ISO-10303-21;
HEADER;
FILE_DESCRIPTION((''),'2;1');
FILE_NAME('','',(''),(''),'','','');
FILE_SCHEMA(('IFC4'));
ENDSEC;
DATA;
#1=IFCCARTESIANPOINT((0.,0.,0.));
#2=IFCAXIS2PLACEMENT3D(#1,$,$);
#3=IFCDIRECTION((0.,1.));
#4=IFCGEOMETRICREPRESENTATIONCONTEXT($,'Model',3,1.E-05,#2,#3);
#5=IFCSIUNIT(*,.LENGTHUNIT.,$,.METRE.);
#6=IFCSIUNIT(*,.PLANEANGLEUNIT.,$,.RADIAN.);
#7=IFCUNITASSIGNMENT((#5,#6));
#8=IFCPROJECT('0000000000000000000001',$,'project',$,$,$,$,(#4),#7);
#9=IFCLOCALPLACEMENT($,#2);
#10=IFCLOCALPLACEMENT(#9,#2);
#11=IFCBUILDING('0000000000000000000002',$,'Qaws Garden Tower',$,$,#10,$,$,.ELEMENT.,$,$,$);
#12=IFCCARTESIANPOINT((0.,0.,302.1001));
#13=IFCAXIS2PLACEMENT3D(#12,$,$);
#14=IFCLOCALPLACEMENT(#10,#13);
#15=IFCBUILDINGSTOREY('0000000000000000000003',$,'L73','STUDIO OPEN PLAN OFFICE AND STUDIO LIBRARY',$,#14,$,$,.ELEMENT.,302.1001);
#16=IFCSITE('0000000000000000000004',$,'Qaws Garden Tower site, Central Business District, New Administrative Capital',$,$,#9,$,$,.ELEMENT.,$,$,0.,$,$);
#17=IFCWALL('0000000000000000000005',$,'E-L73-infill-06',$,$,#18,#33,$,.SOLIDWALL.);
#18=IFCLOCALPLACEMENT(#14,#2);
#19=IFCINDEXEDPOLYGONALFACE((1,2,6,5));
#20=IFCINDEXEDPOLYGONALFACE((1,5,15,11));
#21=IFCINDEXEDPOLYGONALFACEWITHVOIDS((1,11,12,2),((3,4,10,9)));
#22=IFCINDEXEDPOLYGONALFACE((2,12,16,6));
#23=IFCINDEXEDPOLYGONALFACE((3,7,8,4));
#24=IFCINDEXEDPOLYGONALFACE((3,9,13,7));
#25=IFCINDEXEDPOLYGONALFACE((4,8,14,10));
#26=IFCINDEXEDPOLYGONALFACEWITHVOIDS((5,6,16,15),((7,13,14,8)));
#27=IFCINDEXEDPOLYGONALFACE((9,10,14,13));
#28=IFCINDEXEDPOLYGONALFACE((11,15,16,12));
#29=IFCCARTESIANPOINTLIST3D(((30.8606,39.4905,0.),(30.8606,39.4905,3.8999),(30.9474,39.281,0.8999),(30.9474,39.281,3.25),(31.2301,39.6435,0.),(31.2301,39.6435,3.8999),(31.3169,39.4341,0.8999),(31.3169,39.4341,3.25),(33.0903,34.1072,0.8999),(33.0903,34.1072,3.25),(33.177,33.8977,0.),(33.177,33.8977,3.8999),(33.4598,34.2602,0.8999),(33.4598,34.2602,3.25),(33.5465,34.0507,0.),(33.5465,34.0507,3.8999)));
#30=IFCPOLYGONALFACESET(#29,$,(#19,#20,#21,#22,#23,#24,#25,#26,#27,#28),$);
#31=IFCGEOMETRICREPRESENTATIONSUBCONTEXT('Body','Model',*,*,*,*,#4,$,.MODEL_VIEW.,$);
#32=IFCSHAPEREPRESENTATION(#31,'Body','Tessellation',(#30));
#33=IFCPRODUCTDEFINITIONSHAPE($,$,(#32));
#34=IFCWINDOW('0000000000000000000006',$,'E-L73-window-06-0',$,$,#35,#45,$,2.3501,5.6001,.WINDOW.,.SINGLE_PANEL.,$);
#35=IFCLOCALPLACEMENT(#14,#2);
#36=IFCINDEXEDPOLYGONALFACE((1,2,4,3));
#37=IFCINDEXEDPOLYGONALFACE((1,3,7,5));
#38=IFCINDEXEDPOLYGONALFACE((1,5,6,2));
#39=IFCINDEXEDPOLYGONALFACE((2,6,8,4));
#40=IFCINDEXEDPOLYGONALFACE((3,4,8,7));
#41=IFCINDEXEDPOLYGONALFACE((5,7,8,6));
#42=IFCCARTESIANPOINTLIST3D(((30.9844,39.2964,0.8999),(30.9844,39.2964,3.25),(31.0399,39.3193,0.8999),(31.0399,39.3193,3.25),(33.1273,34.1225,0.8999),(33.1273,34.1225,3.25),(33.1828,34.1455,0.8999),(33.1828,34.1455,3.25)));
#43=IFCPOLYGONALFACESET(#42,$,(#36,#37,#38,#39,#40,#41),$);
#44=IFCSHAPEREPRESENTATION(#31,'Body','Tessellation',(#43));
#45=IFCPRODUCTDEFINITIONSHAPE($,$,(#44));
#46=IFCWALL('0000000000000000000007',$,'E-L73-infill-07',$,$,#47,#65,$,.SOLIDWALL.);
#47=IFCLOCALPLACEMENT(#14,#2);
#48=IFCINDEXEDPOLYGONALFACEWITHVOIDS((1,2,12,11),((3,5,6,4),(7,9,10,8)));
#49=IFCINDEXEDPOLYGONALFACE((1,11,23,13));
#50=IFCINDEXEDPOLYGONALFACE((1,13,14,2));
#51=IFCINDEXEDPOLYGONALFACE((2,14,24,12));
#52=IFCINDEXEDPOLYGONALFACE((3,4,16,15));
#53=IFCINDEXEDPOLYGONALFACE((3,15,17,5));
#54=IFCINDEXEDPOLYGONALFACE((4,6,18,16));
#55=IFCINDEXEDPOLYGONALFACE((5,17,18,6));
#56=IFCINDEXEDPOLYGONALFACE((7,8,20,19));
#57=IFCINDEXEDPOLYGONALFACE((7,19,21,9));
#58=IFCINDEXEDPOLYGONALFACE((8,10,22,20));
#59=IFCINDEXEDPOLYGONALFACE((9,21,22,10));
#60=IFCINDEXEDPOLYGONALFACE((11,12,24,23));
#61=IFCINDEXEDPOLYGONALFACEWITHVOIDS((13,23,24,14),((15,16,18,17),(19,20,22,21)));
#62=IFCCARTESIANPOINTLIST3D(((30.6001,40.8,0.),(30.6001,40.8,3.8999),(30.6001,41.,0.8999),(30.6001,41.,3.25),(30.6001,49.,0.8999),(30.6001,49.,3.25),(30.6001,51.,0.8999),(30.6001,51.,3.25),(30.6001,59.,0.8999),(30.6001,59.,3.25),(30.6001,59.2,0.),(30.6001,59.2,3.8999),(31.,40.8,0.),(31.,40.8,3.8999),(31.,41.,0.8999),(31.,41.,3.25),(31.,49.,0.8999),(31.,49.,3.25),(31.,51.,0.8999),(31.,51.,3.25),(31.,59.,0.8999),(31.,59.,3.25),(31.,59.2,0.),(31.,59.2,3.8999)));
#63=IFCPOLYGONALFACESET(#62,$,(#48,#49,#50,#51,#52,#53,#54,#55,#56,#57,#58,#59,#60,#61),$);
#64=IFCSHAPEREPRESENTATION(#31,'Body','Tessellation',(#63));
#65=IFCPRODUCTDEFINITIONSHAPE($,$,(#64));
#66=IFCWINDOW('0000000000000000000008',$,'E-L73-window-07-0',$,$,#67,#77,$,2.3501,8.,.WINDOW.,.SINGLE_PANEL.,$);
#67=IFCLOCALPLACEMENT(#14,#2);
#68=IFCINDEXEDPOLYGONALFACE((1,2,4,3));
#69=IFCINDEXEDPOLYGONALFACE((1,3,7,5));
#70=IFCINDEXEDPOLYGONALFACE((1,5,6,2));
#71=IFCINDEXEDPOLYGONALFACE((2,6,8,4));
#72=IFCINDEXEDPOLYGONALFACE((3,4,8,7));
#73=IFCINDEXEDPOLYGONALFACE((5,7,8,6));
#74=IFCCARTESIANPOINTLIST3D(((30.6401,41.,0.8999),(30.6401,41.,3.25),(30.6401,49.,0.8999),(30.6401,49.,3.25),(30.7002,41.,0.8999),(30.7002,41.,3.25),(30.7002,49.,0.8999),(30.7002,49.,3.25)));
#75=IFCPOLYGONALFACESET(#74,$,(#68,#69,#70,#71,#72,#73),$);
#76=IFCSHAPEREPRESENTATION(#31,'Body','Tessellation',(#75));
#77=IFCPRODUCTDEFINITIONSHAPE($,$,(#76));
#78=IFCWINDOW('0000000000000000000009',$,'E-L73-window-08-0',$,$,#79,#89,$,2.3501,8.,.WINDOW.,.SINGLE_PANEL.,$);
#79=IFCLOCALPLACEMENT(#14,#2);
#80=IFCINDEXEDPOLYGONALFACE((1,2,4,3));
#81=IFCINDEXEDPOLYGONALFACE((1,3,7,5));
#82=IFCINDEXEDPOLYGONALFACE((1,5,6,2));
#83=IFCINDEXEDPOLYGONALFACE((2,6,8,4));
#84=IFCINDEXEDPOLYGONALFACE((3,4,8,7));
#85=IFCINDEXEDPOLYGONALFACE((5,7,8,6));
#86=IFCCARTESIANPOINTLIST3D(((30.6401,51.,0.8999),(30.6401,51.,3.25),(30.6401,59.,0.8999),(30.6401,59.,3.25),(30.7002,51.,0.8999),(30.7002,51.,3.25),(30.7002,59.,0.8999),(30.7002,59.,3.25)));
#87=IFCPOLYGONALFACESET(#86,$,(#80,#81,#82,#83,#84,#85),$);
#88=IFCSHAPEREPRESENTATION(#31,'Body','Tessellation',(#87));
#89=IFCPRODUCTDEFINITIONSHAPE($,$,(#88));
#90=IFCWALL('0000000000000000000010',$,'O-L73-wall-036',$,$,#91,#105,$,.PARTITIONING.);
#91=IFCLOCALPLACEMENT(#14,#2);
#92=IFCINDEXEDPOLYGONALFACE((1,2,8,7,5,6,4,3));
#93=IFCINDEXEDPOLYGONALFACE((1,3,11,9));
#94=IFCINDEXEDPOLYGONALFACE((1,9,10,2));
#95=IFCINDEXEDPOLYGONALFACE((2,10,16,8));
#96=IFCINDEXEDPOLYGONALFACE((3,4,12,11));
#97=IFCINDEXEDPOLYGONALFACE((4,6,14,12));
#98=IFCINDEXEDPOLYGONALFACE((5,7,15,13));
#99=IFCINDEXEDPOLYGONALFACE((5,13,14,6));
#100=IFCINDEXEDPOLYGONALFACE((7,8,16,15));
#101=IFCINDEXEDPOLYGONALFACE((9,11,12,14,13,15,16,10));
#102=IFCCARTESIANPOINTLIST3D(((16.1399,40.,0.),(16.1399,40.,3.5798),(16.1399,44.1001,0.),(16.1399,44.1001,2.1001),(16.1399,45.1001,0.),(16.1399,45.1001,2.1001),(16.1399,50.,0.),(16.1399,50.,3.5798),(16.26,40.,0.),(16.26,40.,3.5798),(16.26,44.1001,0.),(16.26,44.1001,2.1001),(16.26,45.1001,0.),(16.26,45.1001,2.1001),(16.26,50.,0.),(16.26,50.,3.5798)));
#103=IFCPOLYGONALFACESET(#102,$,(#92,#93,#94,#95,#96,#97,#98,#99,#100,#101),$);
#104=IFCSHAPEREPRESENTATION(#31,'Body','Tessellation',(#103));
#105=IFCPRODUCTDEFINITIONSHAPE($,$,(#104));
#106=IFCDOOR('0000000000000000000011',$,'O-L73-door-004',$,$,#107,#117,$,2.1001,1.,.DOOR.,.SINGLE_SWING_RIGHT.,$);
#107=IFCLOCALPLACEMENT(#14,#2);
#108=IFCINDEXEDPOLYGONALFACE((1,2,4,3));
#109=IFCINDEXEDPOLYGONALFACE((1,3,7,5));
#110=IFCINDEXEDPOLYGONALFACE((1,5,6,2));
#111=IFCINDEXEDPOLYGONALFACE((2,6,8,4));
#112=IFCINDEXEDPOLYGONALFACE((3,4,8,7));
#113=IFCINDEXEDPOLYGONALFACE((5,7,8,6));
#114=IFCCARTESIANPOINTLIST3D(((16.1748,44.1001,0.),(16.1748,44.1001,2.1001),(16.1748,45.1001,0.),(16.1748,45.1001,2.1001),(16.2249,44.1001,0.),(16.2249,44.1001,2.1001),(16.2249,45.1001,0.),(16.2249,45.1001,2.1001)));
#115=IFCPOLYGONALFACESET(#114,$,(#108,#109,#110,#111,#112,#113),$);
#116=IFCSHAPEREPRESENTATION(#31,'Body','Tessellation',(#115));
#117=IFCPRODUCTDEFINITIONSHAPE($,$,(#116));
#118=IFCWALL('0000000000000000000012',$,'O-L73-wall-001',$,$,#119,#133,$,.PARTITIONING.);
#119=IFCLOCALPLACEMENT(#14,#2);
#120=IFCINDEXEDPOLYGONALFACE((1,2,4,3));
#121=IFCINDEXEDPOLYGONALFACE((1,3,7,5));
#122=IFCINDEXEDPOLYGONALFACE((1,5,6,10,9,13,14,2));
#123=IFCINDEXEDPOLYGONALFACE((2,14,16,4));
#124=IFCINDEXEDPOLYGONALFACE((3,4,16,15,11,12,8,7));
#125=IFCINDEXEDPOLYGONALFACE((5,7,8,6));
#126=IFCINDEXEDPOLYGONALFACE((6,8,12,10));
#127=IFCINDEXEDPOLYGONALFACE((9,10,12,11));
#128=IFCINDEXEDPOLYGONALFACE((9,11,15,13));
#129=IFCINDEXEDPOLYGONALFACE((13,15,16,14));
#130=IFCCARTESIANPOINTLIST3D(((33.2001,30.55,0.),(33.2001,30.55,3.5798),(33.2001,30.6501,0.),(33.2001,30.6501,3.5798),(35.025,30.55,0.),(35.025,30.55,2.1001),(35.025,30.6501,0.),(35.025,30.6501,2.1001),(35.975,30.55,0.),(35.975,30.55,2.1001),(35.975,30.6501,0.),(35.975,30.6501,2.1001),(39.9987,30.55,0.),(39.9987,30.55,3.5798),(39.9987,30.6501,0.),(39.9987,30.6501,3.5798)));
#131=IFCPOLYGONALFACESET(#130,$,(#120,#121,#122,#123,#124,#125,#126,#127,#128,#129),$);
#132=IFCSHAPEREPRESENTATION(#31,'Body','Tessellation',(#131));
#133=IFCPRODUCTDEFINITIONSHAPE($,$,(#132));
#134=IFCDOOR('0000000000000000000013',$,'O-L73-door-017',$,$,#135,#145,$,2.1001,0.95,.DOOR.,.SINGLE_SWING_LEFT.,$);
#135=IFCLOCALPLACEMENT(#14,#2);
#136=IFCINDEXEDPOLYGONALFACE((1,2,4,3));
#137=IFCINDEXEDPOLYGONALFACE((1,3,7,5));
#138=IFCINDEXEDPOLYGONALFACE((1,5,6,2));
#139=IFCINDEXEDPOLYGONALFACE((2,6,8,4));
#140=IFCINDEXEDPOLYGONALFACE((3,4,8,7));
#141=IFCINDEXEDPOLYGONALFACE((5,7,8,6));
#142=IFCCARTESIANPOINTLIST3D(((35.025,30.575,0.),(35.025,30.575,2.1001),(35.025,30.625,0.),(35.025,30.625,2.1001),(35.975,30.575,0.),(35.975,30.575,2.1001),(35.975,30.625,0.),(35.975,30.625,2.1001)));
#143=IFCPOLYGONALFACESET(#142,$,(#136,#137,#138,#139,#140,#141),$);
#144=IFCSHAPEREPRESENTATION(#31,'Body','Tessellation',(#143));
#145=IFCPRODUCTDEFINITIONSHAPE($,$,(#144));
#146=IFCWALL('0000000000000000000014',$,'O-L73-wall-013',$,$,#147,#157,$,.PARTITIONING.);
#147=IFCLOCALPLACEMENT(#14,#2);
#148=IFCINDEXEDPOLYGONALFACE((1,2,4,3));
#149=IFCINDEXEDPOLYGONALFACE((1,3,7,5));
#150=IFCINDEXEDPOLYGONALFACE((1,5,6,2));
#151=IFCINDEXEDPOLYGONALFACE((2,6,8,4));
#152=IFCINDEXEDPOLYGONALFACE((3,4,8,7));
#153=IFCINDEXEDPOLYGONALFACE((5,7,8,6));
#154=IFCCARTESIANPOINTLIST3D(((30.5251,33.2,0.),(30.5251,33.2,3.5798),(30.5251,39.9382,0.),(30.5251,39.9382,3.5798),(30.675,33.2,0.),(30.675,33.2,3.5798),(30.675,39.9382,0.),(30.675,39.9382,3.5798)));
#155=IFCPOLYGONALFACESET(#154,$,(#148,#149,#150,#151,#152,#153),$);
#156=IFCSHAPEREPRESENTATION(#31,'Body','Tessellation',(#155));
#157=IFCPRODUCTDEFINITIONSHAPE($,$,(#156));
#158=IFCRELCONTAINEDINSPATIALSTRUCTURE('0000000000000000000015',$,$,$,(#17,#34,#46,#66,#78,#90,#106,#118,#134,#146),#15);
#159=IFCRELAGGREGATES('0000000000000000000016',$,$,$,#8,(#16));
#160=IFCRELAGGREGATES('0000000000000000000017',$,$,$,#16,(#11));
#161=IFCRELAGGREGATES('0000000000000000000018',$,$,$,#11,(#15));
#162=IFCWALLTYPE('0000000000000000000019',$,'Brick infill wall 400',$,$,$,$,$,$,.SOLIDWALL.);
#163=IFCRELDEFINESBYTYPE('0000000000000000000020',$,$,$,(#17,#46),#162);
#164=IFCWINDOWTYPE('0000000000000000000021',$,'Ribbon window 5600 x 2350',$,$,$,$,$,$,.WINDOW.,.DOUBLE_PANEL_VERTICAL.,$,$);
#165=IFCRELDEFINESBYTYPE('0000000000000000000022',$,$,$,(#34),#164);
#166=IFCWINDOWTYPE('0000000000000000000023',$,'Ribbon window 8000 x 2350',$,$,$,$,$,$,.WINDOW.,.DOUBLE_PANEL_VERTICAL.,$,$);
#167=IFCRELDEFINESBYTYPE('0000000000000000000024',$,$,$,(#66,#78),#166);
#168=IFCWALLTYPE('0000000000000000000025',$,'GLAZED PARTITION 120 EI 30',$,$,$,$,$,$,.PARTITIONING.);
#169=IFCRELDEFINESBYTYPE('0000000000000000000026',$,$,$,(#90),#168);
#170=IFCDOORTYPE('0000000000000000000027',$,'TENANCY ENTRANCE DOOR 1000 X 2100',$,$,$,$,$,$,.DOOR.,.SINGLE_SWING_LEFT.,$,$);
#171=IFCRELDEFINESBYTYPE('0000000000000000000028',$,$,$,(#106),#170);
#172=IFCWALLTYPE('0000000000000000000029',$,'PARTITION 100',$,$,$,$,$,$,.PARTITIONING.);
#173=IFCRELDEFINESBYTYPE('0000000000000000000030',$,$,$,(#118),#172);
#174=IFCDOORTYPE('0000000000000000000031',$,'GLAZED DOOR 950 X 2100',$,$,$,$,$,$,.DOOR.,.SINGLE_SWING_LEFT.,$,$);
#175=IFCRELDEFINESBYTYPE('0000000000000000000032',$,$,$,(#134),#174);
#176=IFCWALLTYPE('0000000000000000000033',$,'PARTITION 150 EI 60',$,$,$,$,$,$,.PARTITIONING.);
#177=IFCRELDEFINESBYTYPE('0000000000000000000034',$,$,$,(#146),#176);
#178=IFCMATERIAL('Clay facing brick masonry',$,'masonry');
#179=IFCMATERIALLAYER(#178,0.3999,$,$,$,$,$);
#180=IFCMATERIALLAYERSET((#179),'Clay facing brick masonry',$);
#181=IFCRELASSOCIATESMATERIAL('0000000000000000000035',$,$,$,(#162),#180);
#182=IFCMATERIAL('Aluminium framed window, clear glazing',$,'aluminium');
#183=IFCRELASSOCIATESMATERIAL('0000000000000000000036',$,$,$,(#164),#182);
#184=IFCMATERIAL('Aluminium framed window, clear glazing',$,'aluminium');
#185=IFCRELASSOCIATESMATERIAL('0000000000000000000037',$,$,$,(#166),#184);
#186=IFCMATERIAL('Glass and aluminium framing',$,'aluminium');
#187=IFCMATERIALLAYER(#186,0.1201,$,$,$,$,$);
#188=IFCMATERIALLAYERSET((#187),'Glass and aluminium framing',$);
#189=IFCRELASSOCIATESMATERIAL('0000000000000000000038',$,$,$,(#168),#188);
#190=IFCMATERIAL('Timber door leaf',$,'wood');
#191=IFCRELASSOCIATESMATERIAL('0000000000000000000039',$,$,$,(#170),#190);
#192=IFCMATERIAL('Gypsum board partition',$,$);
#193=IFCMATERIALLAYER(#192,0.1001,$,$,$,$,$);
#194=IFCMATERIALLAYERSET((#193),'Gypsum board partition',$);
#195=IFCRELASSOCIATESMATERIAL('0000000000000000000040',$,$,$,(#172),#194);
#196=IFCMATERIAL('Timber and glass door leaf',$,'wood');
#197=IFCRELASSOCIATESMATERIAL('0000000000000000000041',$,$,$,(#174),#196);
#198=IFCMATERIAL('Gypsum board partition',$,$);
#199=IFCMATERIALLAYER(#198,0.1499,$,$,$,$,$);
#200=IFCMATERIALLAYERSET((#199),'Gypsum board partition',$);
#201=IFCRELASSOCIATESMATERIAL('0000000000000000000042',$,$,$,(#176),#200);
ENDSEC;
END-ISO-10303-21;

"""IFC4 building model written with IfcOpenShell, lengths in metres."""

from ifc_helpers import new_model, si_unit, direction, frame, frame_2d, origin, place, context, subcontext, project, spatial, rectangle, extrude, material, layer, layer_set, type_object, element, fill, save


model = new_model("IFC4")

# Units and contexts
model_context = context("Model", 3, precision=1e-05, world=origin(), true_north=direction((0.0, 1.0)))
body_context = subcontext(model_context, "Body", "Model", "MODEL_VIEW")
ifc_project = project(units=[si_unit("LENGTHUNIT", "METRE"), si_unit("PLANEANGLEUNIT", "RADIAN")], contexts=[model_context])

# Site, building, storey
site_placement = place(None, origin())
site = spatial("IfcSite", under=ifc_project, at=site_placement, Name="Qaws Garden Tower site, Central Business District, New Administrative Capital", CompositionType="ELEMENT", RefElevation=0.0)
building_placement = place(site_placement, origin())
building = spatial("IfcBuilding", under=site, at=building_placement, Name="Qaws Garden Tower", CompositionType="ELEMENT")
storey_placement = place(building_placement, frame((0.0, 0.0, 302.1001)))
storey = spatial("IfcBuildingStorey", under=building, at=storey_placement, Name="L73", Description="STUDIO OPEN PLAN OFFICE AND STUDIO LIBRARY", CompositionType="ELEMENT", Elevation=302.1001)

# Wall, opening, window
ifc_material_1 = material(Name="Clay facing brick masonry", Category="masonry")
ifc_layer_1 = layer(ifc_material_1, 0.3999)
ifc_layer_set_1 = layer_set([ifc_layer_1], Name="Clay facing brick masonry")
wall_type_1 = type_object("IfcWallType", Name="Brick infill wall 400", PredefinedType="SOLIDWALL", material=ifc_layer_set_1)
ifc_material_2 = material(Name="Aluminium framed window, clear glazing", Category="aluminium")
window_type_1 = type_object("IfcWindowType", Name="Ribbon window 5600 x 2350", PartitioningType="DOUBLE_PANEL_VERTICAL", PredefinedType="WINDOW", material=ifc_material_2)
wall_1_placement = place(storey_placement, frame((33.3618, 33.9741, 0.0), z_axis=(0.0, 0.0, 1.0), x_axis=(-0.382656, 0.923891, 0.0)))
wall_1 = element("IfcWall", 1, at=wall_1_placement, inside=storey, type_object=wall_type_1, Name="E-L73-infill-06", PredefinedType="SOLIDWALL", context=body_context, shape_type="SweptSolid", body=[
    extrude(rectangle(XDim=6.0535, YDim=0.3999, at=frame_2d((3.0269, 0.0))), origin(), (0.0, 0.0, 1.0), 3.8999),
])
opening_1_placement = place(wall_1_placement, frame((0.2268, 0.0, 0.8999)))
opening_1 = element("IfcOpeningElement", 2, at=opening_1_placement, cuts=wall_1, PredefinedType="OPENING", context=body_context, shape_type="SweptSolid", body=[
    extrude(rectangle(XDim=5.6001, YDim=2.3501, at=frame_2d((2.8, 1.175))), frame((0.0, 0.21, 0.0), z_axis=(0.0, -1.0, 0.0), x_axis=(1.0, 0.0, 0.0)), (0.0, 0.0, 1.0), 0.4199),
])
window_1_placement = place(opening_1_placement, origin())
window_1 = element("IfcWindow", 3, at=window_1_placement, inside=storey, type_object=window_type_1, Name="E-L73-window-06-0", OverallHeight=2.3501, OverallWidth=5.6001, PartitioningType="SINGLE_PANEL", PredefinedType="WINDOW", context=body_context, shape_type="SweptSolid", body=[
    extrude(rectangle(XDim=5.6001, YDim=2.3501, at=frame_2d((2.8, 1.175))), frame((0.0, 0.1599, 0.0), z_axis=(0.0, -1.0, 0.0), x_axis=(1.0, 0.0, 0.0)), (0.0, 0.0, 1.0), 0.0601),
])
fill(opening_1, window_1)

# Wall, openings, windows
wall_2_placement = place(storey_placement, frame((30.8, 40.8, 0.0), z_axis=(0.0, 0.0, 1.0), x_axis=(0.0, 1.0, 0.0)))
wall_2 = element("IfcWall", 4, at=wall_2_placement, inside=storey, type_object=wall_type_1, Name="E-L73-infill-07", PredefinedType="SOLIDWALL", context=body_context, shape_type="SweptSolid", body=[
    extrude(rectangle(XDim=18.3999, YDim=0.3999, at=frame_2d((9.2, 0.0))), origin(), (0.0, 0.0, 1.0), 3.8999),
])
opening_2_placement = place(wall_2_placement, frame((0.2, 0.0, 0.8999)))
opening_2 = element("IfcOpeningElement", 5, at=opening_2_placement, cuts=wall_2, PredefinedType="OPENING", context=body_context, shape_type="SweptSolid", body=[
    extrude(rectangle(XDim=8.0, YDim=2.3501, at=frame_2d((4.0, 1.175))), frame((0.0, 0.21, 0.0), z_axis=(0.0, -1.0, 0.0), x_axis=(1.0, 0.0, 0.0)), (0.0, 0.0, 1.0), 0.4199),
])
opening_3_placement = place(wall_2_placement, frame((10.2, 0.0, 0.8999)))
opening_3 = element("IfcOpeningElement", 6, at=opening_3_placement, cuts=wall_2, PredefinedType="OPENING", context=body_context, shape_type="SweptSolid", body=[
    extrude(rectangle(XDim=8.0, YDim=2.3501, at=frame_2d((4.0, 1.175))), frame((0.0, 0.21, 0.0), z_axis=(0.0, -1.0, 0.0), x_axis=(1.0, 0.0, 0.0)), (0.0, 0.0, 1.0), 0.4199),
])
ifc_material_3 = material(Name="Aluminium framed window, clear glazing", Category="aluminium")
window_type_2 = type_object("IfcWindowType", Name="Ribbon window 8000 x 2350", PartitioningType="DOUBLE_PANEL_VERTICAL", PredefinedType="WINDOW", material=ifc_material_3)
window_2_placement = place(opening_2_placement, origin())
window_2 = element("IfcWindow", 7, at=window_2_placement, inside=storey, type_object=window_type_2, Name="E-L73-window-07-0", OverallHeight=2.3501, OverallWidth=8.0, PartitioningType="SINGLE_PANEL", PredefinedType="WINDOW", context=body_context, shape_type="SweptSolid", body=[
    extrude(rectangle(XDim=8.0, YDim=2.3501, at=frame_2d((4.0, 1.175))), frame((0.0, 0.1599, 0.0), z_axis=(0.0, -1.0, 0.0), x_axis=(1.0, 0.0, 0.0)), (0.0, 0.0, 1.0), 0.0601),
])
fill(opening_2, window_2)
window_3_placement = place(opening_3_placement, origin())
window_3 = element("IfcWindow", 8, at=window_3_placement, inside=storey, type_object=window_type_2, Name="E-L73-window-08-0", OverallHeight=2.3501, OverallWidth=8.0, PartitioningType="SINGLE_PANEL", PredefinedType="WINDOW", context=body_context, shape_type="SweptSolid", body=[
    extrude(rectangle(XDim=8.0, YDim=2.3501, at=frame_2d((4.0, 1.175))), frame((0.0, 0.1599, 0.0), z_axis=(0.0, -1.0, 0.0), x_axis=(1.0, 0.0, 0.0)), (0.0, 0.0, 1.0), 0.0601),
])
fill(opening_3, window_3)

# Walls, openings, doors
ifc_material_4 = material(Name="Glass and aluminium framing", Category="aluminium")
ifc_layer_2 = layer(ifc_material_4, 0.1201)
ifc_layer_set_2 = layer_set([ifc_layer_2], Name="Glass and aluminium framing")
wall_type_2 = type_object("IfcWallType", Name="GLAZED PARTITION 120 EI 30", PredefinedType="PARTITIONING", material=ifc_layer_set_2)
wall_3_placement = place(storey_placement, frame((16.2, 40.0, 0.0), z_axis=(0.0, 0.0, 1.0), x_axis=(0.0, 1.0, 0.0)))
wall_3 = element("IfcWall", 9, at=wall_3_placement, inside=storey, type_object=wall_type_2, Name="O-L73-wall-036", PredefinedType="PARTITIONING", context=body_context, shape_type="SweptSolid", body=[
    extrude(rectangle(XDim=10.0, YDim=0.1201, at=frame_2d((5.0, 0.0))), origin(), (0.0, 0.0, 1.0), 3.5798),
])
opening_4_placement = place(wall_3_placement, frame((4.1001, 0.0, 0.0)))
opening_4 = element("IfcOpeningElement", 10, at=opening_4_placement, cuts=wall_3, PredefinedType="OPENING", context=body_context, shape_type="SweptSolid", body=[
    extrude(rectangle(XDim=1.0, YDim=2.1001, at=frame_2d((0.5, 1.05))), frame((0.0, 0.0701, 0.0), z_axis=(0.0, -1.0, 0.0), x_axis=(1.0, 0.0, 0.0)), (0.0, 0.0, 1.0), 0.1401),
])
ifc_material_5 = material(Name="Timber door leaf", Category="wood")
door_type_1 = type_object("IfcDoorType", Name="TENANCY ENTRANCE DOOR 1000 X 2100", OperationType="SINGLE_SWING_LEFT", PredefinedType="DOOR", material=ifc_material_5)
door_1_placement = place(opening_4_placement, frame((1.0, 0.0, 0.0), z_axis=(0.0, 0.0, 1.0), x_axis=(-1.0, 0.0, 0.0)))
door_1 = element("IfcDoor", 11, at=door_1_placement, inside=storey, type_object=door_type_1, Name="O-L73-door-004", OperationType="SINGLE_SWING_RIGHT", OverallHeight=2.1001, OverallWidth=1.0, PredefinedType="DOOR", context=body_context, shape_type="SweptSolid", body=[
    extrude(rectangle(XDim=1.0, YDim=2.1001, at=frame_2d((0.5, 1.05))), frame((0.0, 0.0249, 0.0), z_axis=(0.0, -1.0, 0.0), x_axis=(1.0, 0.0, 0.0)), (0.0, 0.0, 1.0), 0.05),
])
fill(opening_4, door_1)
ifc_material_6 = material(Name="Gypsum board partition")
ifc_layer_3 = layer(ifc_material_6, 0.1001)
ifc_layer_set_3 = layer_set([ifc_layer_3], Name="Gypsum board partition")
wall_type_3 = type_object("IfcWallType", Name="PARTITION 100", PredefinedType="PARTITIONING", material=ifc_layer_set_3)
wall_4_placement = place(storey_placement, frame((33.2, 30.6001, 0.0), z_axis=(0.0, 0.0, 1.0), x_axis=(1.0, 0.0, 0.0)))
wall_4 = element("IfcWall", 12, at=wall_4_placement, inside=storey, type_object=wall_type_3, Name="O-L73-wall-001", PredefinedType="PARTITIONING", context=body_context, shape_type="SweptSolid", body=[
    extrude(rectangle(XDim=6.7986, YDim=0.1001, at=frame_2d((3.3994, 0.0))), origin(), (0.0, 0.0, 1.0), 3.5798),
])
opening_5_placement = place(wall_4_placement, frame((1.825, 0.0, 0.0)))
opening_5 = element("IfcOpeningElement", 13, at=opening_5_placement, cuts=wall_4, PredefinedType="OPENING", context=body_context, shape_type="SweptSolid", body=[
    extrude(rectangle(XDim=0.95, YDim=2.1001, at=frame_2d((0.4751, 1.05))), frame((0.0, 0.0601, 0.0), z_axis=(0.0, -1.0, 0.0), x_axis=(1.0, 0.0, 0.0)), (0.0, 0.0, 1.0), 0.1201),
])
ifc_material_7 = material(Name="Timber and glass door leaf", Category="wood")
door_type_2 = type_object("IfcDoorType", Name="GLAZED DOOR 950 X 2100", OperationType="SINGLE_SWING_LEFT", PredefinedType="DOOR", material=ifc_material_7)
door_2_placement = place(opening_5_placement, origin())
door_2 = element("IfcDoor", 14, at=door_2_placement, inside=storey, type_object=door_type_2, Name="O-L73-door-017", OperationType="SINGLE_SWING_LEFT", OverallHeight=2.1001, OverallWidth=0.95, PredefinedType="DOOR", context=body_context, shape_type="SweptSolid", body=[
    extrude(rectangle(XDim=0.95, YDim=2.1001, at=frame_2d((0.4751, 1.05))), frame((0.0, 0.0249, 0.0), z_axis=(0.0, -1.0, 0.0), x_axis=(1.0, 0.0, 0.0)), (0.0, 0.0, 1.0), 0.05),
])
fill(opening_5, door_2)

# Wall
ifc_material_8 = material(Name="Gypsum board partition")
ifc_layer_4 = layer(ifc_material_8, 0.1499)
ifc_layer_set_4 = layer_set([ifc_layer_4], Name="Gypsum board partition")
wall_type_4 = type_object("IfcWallType", Name="PARTITION 150 EI 60", PredefinedType="PARTITIONING", material=ifc_layer_set_4)
wall_5_placement = place(storey_placement, frame((30.6001, 33.2, 0.0), z_axis=(0.0, 0.0, 1.0), x_axis=(0.0, 1.0, 0.0)))
element("IfcWall", 15, at=wall_5_placement, inside=storey, type_object=wall_type_4, Name="O-L73-wall-013", PredefinedType="PARTITIONING", context=body_context, shape_type="SweptSolid", body=[
    extrude(rectangle(XDim=6.7383, YDim=0.1499, at=frame_2d((3.3691, 0.0))), origin(), (0.0, 0.0, 1.0), 3.5798),
])

save(model, "model.ifc")
